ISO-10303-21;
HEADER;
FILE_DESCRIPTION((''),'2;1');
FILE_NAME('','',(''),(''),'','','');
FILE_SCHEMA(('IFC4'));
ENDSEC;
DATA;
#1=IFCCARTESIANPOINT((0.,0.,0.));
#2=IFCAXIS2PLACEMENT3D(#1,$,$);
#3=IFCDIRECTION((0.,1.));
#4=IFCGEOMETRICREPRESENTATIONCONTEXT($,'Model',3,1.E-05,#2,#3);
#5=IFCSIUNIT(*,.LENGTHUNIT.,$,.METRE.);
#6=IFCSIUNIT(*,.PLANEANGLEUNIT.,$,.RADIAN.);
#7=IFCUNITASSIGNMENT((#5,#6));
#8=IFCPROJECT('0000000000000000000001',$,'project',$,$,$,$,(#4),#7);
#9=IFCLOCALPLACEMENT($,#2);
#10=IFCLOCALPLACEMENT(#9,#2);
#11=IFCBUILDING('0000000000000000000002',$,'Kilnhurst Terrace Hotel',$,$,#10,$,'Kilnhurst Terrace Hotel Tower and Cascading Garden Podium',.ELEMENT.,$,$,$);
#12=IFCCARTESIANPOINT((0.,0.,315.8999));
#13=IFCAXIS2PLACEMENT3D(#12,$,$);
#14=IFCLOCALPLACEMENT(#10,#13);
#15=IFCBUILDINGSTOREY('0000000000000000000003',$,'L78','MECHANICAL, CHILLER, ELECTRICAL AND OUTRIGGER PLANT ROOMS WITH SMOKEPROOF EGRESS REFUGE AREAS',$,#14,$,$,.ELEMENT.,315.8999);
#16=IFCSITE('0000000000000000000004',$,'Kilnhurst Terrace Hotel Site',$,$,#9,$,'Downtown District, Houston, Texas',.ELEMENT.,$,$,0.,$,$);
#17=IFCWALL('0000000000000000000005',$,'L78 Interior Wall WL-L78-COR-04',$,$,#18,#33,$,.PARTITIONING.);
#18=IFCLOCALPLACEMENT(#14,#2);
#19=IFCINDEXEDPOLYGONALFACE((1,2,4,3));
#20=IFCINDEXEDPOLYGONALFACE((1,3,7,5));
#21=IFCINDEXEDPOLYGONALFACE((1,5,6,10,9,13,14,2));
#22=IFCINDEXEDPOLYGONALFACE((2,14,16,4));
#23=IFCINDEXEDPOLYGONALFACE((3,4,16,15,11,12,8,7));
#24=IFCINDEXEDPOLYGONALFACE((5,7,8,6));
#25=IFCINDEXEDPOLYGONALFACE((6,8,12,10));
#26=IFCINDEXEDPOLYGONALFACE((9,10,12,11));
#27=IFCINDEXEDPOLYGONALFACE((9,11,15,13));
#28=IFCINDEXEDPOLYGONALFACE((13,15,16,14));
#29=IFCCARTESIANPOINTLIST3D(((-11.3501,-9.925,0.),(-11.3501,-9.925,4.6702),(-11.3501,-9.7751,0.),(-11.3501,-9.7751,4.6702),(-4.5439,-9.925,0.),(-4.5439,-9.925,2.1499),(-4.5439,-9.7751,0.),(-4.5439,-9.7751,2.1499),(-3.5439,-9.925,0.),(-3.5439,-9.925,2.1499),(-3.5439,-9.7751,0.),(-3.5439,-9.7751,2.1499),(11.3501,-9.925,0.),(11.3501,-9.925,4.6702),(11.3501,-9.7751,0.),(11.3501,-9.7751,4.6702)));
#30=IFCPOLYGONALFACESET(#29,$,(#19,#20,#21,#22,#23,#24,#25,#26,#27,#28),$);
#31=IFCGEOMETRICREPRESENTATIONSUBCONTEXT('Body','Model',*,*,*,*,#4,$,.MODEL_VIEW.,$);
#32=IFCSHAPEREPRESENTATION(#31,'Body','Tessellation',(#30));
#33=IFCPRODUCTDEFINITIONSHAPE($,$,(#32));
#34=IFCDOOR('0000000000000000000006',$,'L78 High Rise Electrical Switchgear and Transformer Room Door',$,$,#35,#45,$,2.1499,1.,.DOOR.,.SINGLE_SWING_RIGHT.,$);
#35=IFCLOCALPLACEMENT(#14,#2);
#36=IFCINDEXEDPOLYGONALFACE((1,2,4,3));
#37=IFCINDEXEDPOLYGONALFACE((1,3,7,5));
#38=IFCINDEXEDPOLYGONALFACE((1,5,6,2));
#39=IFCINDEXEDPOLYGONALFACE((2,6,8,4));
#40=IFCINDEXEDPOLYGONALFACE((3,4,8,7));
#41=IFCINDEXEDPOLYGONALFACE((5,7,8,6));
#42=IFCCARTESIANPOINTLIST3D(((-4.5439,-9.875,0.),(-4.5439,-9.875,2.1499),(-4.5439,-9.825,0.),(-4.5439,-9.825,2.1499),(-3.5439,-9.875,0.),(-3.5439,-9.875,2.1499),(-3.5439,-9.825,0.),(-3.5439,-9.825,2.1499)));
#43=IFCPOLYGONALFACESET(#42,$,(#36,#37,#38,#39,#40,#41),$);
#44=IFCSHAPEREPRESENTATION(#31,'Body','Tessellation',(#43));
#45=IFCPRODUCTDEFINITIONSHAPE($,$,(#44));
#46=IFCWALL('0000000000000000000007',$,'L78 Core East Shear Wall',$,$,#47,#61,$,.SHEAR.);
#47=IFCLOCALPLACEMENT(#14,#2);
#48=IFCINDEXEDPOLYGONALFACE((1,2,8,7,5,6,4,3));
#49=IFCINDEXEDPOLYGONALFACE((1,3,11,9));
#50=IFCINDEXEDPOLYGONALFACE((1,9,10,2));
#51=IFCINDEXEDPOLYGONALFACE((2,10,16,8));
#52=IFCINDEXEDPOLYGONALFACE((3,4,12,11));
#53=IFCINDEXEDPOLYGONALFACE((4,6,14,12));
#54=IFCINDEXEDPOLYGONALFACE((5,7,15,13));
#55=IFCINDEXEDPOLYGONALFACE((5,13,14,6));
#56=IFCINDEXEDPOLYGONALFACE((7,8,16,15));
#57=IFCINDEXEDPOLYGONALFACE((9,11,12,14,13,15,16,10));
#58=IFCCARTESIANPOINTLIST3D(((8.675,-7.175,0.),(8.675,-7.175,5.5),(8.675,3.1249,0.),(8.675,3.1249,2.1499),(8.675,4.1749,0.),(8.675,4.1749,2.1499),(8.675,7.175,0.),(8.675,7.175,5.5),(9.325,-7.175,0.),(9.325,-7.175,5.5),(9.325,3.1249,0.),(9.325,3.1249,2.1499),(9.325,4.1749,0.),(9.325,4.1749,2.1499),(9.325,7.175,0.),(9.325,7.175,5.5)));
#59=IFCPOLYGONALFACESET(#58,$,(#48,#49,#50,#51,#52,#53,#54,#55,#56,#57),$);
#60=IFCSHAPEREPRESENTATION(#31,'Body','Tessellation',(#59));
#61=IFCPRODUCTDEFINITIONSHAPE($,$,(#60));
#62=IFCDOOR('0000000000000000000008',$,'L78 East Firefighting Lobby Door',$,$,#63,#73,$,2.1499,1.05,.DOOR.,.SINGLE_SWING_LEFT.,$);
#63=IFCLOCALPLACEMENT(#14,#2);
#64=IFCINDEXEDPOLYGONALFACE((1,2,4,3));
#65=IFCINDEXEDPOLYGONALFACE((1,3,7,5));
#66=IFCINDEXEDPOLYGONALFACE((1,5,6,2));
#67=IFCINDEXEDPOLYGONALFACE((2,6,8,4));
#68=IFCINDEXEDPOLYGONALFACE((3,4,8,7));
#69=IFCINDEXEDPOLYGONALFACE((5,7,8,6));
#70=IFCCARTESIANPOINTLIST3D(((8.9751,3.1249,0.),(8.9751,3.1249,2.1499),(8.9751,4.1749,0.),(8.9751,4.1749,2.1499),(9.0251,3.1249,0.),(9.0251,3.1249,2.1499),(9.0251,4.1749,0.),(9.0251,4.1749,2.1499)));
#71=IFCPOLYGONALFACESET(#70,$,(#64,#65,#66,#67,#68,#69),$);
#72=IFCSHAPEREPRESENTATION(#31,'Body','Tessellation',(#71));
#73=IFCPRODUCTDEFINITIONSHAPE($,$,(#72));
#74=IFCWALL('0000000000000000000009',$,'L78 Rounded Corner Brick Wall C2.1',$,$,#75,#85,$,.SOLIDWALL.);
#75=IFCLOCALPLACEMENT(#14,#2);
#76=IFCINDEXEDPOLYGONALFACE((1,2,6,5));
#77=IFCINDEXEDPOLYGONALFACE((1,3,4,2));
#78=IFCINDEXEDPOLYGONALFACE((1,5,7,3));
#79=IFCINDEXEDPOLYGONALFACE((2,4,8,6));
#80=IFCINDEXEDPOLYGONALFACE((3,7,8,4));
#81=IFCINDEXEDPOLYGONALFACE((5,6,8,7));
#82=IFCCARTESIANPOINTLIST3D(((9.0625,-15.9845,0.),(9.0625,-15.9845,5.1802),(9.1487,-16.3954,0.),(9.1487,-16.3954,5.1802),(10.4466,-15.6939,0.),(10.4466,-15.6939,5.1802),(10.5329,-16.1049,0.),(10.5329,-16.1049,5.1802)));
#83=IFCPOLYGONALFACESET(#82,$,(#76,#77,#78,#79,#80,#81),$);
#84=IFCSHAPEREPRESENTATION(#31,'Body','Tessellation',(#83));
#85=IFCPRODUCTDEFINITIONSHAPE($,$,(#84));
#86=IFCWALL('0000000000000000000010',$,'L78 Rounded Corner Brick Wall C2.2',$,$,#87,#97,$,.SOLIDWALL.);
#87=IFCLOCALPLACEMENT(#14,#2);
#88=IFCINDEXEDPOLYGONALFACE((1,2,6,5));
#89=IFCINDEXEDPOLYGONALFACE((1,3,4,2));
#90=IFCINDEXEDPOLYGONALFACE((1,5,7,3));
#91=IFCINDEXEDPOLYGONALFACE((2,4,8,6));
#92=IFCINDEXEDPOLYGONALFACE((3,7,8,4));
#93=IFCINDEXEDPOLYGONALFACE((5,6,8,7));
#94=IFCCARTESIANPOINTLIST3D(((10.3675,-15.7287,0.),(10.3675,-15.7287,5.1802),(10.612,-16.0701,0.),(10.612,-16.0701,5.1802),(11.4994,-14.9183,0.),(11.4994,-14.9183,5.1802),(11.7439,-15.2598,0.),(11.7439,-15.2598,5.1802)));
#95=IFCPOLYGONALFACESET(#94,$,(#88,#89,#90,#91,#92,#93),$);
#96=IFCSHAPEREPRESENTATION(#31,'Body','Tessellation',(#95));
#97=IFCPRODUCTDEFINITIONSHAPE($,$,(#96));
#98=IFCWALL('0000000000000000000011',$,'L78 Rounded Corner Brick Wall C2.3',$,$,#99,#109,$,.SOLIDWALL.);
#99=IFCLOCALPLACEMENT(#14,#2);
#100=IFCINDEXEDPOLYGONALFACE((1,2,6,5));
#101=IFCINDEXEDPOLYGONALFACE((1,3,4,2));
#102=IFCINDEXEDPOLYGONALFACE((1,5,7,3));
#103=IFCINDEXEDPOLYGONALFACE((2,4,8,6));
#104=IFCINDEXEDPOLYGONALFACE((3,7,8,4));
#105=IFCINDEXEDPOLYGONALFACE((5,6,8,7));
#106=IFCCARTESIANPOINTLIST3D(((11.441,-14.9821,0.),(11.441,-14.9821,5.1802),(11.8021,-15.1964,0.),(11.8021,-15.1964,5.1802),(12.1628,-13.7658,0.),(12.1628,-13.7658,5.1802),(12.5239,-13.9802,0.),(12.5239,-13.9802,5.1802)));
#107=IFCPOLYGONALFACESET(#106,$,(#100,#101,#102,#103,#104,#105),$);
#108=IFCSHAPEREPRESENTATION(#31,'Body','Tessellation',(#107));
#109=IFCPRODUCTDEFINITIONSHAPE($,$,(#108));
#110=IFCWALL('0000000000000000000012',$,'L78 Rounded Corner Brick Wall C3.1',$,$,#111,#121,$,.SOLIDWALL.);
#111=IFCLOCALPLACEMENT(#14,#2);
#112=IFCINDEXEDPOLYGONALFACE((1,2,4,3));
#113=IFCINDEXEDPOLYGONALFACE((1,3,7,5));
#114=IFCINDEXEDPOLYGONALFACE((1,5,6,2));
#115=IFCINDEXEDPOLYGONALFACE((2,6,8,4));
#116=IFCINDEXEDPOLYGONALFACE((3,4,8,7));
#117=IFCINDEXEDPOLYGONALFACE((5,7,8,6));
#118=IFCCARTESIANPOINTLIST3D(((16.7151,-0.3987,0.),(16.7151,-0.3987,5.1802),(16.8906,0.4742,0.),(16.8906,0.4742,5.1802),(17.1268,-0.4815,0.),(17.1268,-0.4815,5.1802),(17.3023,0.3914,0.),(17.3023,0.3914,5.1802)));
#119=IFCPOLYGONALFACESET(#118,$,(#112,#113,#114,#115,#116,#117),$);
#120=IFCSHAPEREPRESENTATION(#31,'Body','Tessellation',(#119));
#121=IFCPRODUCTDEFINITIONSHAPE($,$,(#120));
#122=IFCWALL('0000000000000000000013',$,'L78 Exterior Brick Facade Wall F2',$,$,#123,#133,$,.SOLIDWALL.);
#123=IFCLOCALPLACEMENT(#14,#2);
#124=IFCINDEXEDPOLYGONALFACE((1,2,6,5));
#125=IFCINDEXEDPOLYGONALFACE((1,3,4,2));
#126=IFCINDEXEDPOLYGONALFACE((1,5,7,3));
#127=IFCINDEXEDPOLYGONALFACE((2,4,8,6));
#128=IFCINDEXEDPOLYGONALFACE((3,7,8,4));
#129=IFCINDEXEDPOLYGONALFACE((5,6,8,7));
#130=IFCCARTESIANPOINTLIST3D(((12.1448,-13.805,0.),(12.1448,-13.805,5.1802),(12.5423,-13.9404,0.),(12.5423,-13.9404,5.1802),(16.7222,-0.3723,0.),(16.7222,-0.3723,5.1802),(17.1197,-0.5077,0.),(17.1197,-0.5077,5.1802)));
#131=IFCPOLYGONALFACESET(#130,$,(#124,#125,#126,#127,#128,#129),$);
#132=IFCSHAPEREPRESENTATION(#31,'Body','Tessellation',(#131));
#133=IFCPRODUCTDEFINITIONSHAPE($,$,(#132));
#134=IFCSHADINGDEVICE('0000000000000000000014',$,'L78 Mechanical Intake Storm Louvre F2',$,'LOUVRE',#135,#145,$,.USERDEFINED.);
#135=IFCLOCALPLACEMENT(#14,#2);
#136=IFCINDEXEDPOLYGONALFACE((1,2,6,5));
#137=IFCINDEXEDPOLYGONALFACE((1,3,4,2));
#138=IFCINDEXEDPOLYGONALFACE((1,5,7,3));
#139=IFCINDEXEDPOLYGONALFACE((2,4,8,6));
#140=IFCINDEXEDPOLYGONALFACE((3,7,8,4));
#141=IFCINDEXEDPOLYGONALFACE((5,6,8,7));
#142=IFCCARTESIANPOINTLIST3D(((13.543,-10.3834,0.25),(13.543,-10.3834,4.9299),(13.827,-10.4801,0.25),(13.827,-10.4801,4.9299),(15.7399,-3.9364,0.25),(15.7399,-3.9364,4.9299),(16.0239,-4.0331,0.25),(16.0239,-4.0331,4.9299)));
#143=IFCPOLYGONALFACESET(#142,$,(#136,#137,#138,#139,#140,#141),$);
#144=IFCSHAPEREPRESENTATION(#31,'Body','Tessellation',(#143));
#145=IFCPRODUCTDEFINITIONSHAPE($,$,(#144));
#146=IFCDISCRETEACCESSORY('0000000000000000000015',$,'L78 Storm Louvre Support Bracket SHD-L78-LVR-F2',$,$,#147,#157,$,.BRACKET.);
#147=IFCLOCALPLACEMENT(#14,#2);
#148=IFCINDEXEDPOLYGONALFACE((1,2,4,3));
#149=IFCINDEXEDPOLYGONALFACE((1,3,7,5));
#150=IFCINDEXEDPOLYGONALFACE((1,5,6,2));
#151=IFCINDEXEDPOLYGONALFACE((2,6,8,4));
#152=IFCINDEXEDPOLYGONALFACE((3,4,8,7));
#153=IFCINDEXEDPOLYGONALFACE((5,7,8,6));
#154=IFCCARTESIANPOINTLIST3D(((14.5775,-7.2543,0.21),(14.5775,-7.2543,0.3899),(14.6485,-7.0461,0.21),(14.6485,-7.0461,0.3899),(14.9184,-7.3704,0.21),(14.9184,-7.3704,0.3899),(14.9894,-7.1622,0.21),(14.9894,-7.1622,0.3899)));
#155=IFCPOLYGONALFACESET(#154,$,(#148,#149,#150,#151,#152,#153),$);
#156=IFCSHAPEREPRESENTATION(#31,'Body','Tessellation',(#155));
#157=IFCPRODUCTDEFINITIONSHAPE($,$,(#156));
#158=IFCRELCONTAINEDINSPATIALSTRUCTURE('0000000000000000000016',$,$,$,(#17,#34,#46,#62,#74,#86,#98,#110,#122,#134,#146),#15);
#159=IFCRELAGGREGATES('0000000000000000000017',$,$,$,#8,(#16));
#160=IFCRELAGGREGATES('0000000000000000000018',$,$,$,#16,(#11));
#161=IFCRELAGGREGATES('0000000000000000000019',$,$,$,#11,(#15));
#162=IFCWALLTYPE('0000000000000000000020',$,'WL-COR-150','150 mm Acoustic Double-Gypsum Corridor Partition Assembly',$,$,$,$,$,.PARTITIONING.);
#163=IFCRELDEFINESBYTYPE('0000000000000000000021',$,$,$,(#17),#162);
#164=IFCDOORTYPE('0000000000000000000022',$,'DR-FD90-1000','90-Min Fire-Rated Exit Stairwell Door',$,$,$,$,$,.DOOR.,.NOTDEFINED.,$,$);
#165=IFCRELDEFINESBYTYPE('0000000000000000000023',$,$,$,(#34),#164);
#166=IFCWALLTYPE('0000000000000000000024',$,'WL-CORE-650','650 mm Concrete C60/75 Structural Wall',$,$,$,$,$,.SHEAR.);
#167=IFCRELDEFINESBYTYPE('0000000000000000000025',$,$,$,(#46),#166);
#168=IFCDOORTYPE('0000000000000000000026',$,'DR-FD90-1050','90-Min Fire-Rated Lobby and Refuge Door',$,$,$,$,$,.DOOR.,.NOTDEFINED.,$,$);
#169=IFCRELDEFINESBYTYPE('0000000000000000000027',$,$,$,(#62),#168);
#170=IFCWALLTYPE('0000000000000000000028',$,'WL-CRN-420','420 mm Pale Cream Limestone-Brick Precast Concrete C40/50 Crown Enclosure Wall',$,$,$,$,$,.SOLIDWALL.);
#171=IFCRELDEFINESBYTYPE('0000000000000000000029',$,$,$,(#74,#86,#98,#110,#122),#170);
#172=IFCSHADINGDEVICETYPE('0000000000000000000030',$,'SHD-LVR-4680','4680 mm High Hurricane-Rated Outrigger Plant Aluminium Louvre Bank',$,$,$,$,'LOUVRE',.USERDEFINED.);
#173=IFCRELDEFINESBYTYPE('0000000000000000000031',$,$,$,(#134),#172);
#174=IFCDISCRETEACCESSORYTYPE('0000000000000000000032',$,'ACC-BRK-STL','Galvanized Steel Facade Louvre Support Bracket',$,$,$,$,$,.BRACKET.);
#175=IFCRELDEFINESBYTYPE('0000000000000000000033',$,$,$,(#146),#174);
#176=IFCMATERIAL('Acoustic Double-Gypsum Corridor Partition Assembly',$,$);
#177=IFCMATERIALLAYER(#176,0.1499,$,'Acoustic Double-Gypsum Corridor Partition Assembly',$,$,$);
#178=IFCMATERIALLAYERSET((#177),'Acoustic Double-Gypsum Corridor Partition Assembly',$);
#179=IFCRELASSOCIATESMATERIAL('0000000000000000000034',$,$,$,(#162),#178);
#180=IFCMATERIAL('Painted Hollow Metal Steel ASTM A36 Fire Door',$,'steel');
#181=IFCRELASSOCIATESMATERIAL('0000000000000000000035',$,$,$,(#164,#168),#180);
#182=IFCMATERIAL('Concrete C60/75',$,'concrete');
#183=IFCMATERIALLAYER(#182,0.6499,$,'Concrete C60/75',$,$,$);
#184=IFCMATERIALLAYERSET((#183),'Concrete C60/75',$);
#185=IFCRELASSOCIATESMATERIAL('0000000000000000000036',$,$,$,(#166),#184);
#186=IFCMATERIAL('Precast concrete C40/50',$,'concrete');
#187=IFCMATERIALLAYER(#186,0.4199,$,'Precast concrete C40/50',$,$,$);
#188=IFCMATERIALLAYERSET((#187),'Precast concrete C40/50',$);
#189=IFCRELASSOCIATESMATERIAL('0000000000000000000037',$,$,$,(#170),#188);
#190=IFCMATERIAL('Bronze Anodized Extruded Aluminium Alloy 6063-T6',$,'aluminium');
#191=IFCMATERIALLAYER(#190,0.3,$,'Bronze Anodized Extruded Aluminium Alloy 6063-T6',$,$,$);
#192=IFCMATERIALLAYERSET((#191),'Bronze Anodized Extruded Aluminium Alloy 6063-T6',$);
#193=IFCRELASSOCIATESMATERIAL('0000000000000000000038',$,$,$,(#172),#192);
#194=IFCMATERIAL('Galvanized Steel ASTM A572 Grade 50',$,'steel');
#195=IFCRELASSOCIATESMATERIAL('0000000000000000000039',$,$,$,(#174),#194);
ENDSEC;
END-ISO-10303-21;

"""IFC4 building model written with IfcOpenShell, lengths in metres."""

from ifc_helpers import new_model, si_unit, direction, frame, frame_2d, origin, origin_2d, place, context, subcontext, project, spatial, rectangle, extrude, material, layer, layer_set, type_object, element, fill, save


model = new_model("IFC4")

# Units and contexts
model_context = context("Model", 3, precision=1e-05, world=origin(), true_north=direction((0.0, 1.0)))
body_context = subcontext(model_context, "Body", "Model", "MODEL_VIEW")
ifc_project = project(units=[si_unit("LENGTHUNIT", "METRE"), si_unit("PLANEANGLEUNIT", "RADIAN")], contexts=[model_context])

# Site, building, storey
site_placement = place(None, origin())
site = spatial("IfcSite", under=ifc_project, at=site_placement, Name="Kilnhurst Terrace Hotel Site", LongName="Downtown District, Houston, Texas", CompositionType="ELEMENT", RefElevation=0.0)
building_placement = place(site_placement, origin())
building = spatial("IfcBuilding", under=site, at=building_placement, Name="Kilnhurst Terrace Hotel", LongName="Kilnhurst Terrace Hotel Tower and Cascading Garden Podium", CompositionType="ELEMENT")
storey_placement = place(building_placement, frame((0.0, 0.0, 315.8999)))
storey = spatial("IfcBuildingStorey", under=building, at=storey_placement, Name="L78", Description="MECHANICAL, CHILLER, ELECTRICAL AND OUTRIGGER PLANT ROOMS WITH SMOKEPROOF EGRESS REFUGE AREAS", CompositionType="ELEMENT", Elevation=315.8999)

# Shared definitions
ifc_material_1 = material(Name="Concrete C60/75", Category="concrete")

# Walls, openings, doors
ifc_material_2 = material(Name="Acoustic Double-Gypsum Corridor Partition Assembly")
ifc_layer_1 = layer(ifc_material_2, 0.1499, Name="Acoustic Double-Gypsum Corridor Partition Assembly")
ifc_layer_set_1 = layer_set([ifc_layer_1], Name="Acoustic Double-Gypsum Corridor Partition Assembly")
wall_type_1 = type_object("IfcWallType", Name="WL-COR-150", Description="150 mm Acoustic Double-Gypsum Corridor Partition Assembly", PredefinedType="PARTITIONING", material=ifc_layer_set_1)
wall_1_placement = place(storey_placement, frame((11.3501, -9.8501, 0.0), z_axis=(0.0, 0.0, 1.0), x_axis=(-1.0, 0.0, 0.0)))
wall_1 = element("IfcWall", 1, at=wall_1_placement, inside=storey, type_object=wall_type_1, Name="L78 Interior Wall WL-L78-COR-04", PredefinedType="PARTITIONING", context=body_context, shape_type="SweptSolid", body=[
    extrude(rectangle(XDim=22.7002, YDim=0.1499, at=frame_2d((11.3501, 0.0))), origin(), (0.0, 0.0, 1.0), 4.6702),
])
opening_1_placement = place(wall_1_placement, frame((14.894, 0.0, 0.0)))
opening_1 = element("IfcOpeningElement", 2, at=opening_1_placement, cuts=wall_1, PredefinedType="OPENING", context=body_context, shape_type="SweptSolid", body=[
    extrude(rectangle(XDim=1.0, YDim=2.1499, at=frame_2d((0.5, 1.075))), frame((0.0, 0.085, 0.0), z_axis=(0.0, -1.0, 0.0), x_axis=(1.0, 0.0, 0.0)), (0.0, 0.0, 1.0), 0.1699),
])
ifc_material_3 = material(Name="Painted Hollow Metal Steel ASTM A36 Fire Door", Category="steel")
door_type_1 = type_object("IfcDoorType", Name="DR-FD90-1000", Description="90-Min Fire-Rated Exit Stairwell Door", OperationType="NOTDEFINED", PredefinedType="DOOR", material=ifc_material_3)
door_1_placement = place(opening_1_placement, origin())
door_1 = element("IfcDoor", 3, at=door_1_placement, inside=storey, type_object=door_type_1, Name="L78 High Rise Electrical Switchgear and Transformer Room Door", OperationType="SINGLE_SWING_RIGHT", OverallHeight=2.1499, OverallWidth=1.0, PredefinedType="DOOR", context=body_context, shape_type="SweptSolid", body=[
    extrude(rectangle(XDim=1.0, YDim=2.1499, at=frame_2d((0.5, 1.075))), frame((0.0, 0.0249, 0.0), z_axis=(0.0, -1.0, 0.0), x_axis=(1.0, 0.0, 0.0)), (0.0, 0.0, 1.0), 0.05),
])
fill(opening_1, door_1)
ifc_layer_2 = layer(ifc_material_1, 0.6499, Name="Concrete C60/75")
ifc_layer_set_2 = layer_set([ifc_layer_2], Name="Concrete C60/75")
wall_type_2 = type_object("IfcWallType", Name="WL-CORE-650", Description="650 mm Concrete C60/75 Structural Wall", PredefinedType="SHEAR", material=ifc_layer_set_2)
wall_2_placement = place(storey_placement, frame((9.0, -7.175, 0.0), z_axis=(0.0, 0.0, 1.0), x_axis=(0.0, 1.0, 0.0)))
wall_2 = element("IfcWall", 4, at=wall_2_placement, inside=storey, type_object=wall_type_2, Name="L78 Core East Shear Wall", PredefinedType="SHEAR", context=body_context, shape_type="SweptSolid", body=[
    extrude(rectangle(XDim=14.3501, YDim=0.6499, at=frame_2d((7.175, 0.0))), origin(), (0.0, 0.0, 1.0), 5.5),
])
opening_2_placement = place(wall_2_placement, frame((10.3, 0.0, 0.0)))
opening_2 = element("IfcOpeningElement", 5, at=opening_2_placement, cuts=wall_2, PredefinedType="OPENING", context=body_context, shape_type="SweptSolid", body=[
    extrude(rectangle(XDim=1.05, YDim=2.1499, at=frame_2d((0.5249, 1.075))), frame((0.0, 0.335, 0.0), z_axis=(0.0, -1.0, 0.0), x_axis=(1.0, 0.0, 0.0)), (0.0, 0.0, 1.0), 0.6699),
])
door_type_2 = type_object("IfcDoorType", Name="DR-FD90-1050", Description="90-Min Fire-Rated Lobby and Refuge Door", OperationType="NOTDEFINED", PredefinedType="DOOR", material=ifc_material_3)
door_2_placement = place(opening_2_placement, origin())
door_2 = element("IfcDoor", 6, at=door_2_placement, inside=storey, type_object=door_type_2, Name="L78 East Firefighting Lobby Door", OperationType="SINGLE_SWING_LEFT", OverallHeight=2.1499, OverallWidth=1.05, PredefinedType="DOOR", context=body_context, shape_type="SweptSolid", body=[
    extrude(rectangle(XDim=1.05, YDim=2.1499, at=frame_2d((0.5249, 1.075))), frame((0.0, 0.0249, 0.0), z_axis=(0.0, -1.0, 0.0), x_axis=(1.0, 0.0, 0.0)), (0.0, 0.0, 1.0), 0.05),
])
fill(opening_2, door_2)

# Walls
ifc_material_4 = material(Name="Precast concrete C40/50", Category="concrete")
ifc_layer_3 = layer(ifc_material_4, 0.4199, Name="Precast concrete C40/50")
ifc_layer_set_3 = layer_set([ifc_layer_3], Name="Precast concrete C40/50")
wall_type_3 = type_object("IfcWallType", Name="WL-CRN-420", Description="420 mm Pale Cream Limestone-Brick Precast Concrete C40/50 Crown Enclosure Wall", PredefinedType="SOLIDWALL", material=ifc_layer_set_3)
wall_3_placement = place(storey_placement, frame((9.1057, -16.1899, 0.0), z_axis=(0.0, 0.0, 1.0), x_axis=(0.978671, 0.205436, 0.0)))
element("IfcWall", 7, at=wall_3_placement, inside=storey, type_object=wall_type_3, Name="L78 Rounded Corner Brick Wall C2.1", PredefinedType="SOLIDWALL", context=body_context, shape_type="SweptSolid", body=[
    extrude(rectangle(XDim=1.4143, YDim=0.4199, at=frame_2d((0.707, 0.0))), origin(), (0.0, 0.0, 1.0), 5.1802),
])
wall_4_placement = place(storey_placement, frame((10.4897, -15.8994, 0.0), z_axis=(0.0, 0.0, 1.0), x_axis=(0.813105, 0.582117, 0.0)))
element("IfcWall", 8, at=wall_4_placement, inside=storey, type_object=wall_type_3, Name="L78 Rounded Corner Brick Wall C2.2", PredefinedType="SOLIDWALL", context=body_context, shape_type="SweptSolid", body=[
    extrude(rectangle(XDim=1.3921, YDim=0.4199, at=frame_2d((0.696, 0.0))), origin(), (0.0, 0.0, 1.0), 5.1802),
])
wall_5_placement = place(storey_placement, frame((11.6216, -15.0891, 0.0), z_axis=(0.0, 0.0, 1.0), x_axis=(0.510403, 0.859935, 0.0)))
element("IfcWall", 9, at=wall_5_placement, inside=storey, type_object=wall_type_3, Name="L78 Rounded Corner Brick Wall C2.3", PredefinedType="SOLIDWALL", context=body_context, shape_type="SweptSolid", body=[
    extrude(rectangle(XDim=1.4143, YDim=0.4199, at=frame_2d((0.707, 0.0))), origin(), (0.0, 0.0, 1.0), 5.1802),
])
wall_6_placement = place(storey_placement, frame((16.9209, -0.4402, 0.0), z_axis=(0.0, 0.0, 1.0), x_axis=(0.197171, 0.980369, 0.0)))
element("IfcWall", 10, at=wall_6_placement, inside=storey, type_object=wall_type_3, Name="L78 Rounded Corner Brick Wall C3.1", PredefinedType="SOLIDWALL", context=body_context, shape_type="SweptSolid", body=[
    extrude(rectangle(XDim=0.8904, YDim=0.4199, at=frame_2d((0.4453, 0.0))), origin(), (0.0, 0.0, 1.0), 5.1802),
])
wall_7_placement = place(storey_placement, frame((12.3435, -13.8728, 0.0), z_axis=(0.0, 0.0, 1.0), x_axis=(0.322553, 0.946551, 0.0)))
element("IfcWall", 11, at=wall_7_placement, inside=storey, type_object=wall_type_3, Name="L78 Exterior Brick Facade Wall F2", PredefinedType="SOLIDWALL", context=body_context, shape_type="SweptSolid", body=[
    extrude(rectangle(XDim=14.1912, YDim=0.4199, at=frame_2d((7.0957, 0.0))), origin(), (0.0, 0.0, 1.0), 5.1802),
])

# Shading device
ifc_material_5 = material(Name="Bronze Anodized Extruded Aluminium Alloy 6063-T6", Category="aluminium")
ifc_layer_4 = layer(ifc_material_5, 0.3, Name="Bronze Anodized Extruded Aluminium Alloy 6063-T6")
ifc_layer_set_4 = layer_set([ifc_layer_4], Name="Bronze Anodized Extruded Aluminium Alloy 6063-T6")
shading_device_type = type_object("IfcShadingDeviceType", Name="SHD-LVR-4680", Description="4680 mm High Hurricane-Rated Outrigger Plant Aluminium Louvre Bank", ElementType="LOUVRE", PredefinedType="USERDEFINED", material=ifc_layer_set_4)
shading_device_placement = place(storey_placement, frame((14.7834, -7.2083, 0.25), z_axis=(0.0, 0.0, 1.0), x_axis=(0.322547, 0.946554, 0.0)))
element("IfcShadingDevice", 12, at=shading_device_placement, inside=storey, type_object=shading_device_type, Name="L78 Mechanical Intake Storm Louvre F2", ObjectType="LOUVRE", PredefinedType="USERDEFINED", context=body_context, shape_type="SweptSolid", body=[
    extrude(rectangle(XDim=6.811, YDim=0.3, at=origin_2d()), origin(), (0.0, 0.0, 1.0), 4.6799),
])

# Discrete accessory
ifc_material_6 = material(Name="Galvanized Steel ASTM A572 Grade 50", Category="steel")
discrete_accessory_type = type_object("IfcDiscreteAccessoryType", Name="ACC-BRK-STL", Description="Galvanized Steel Facade Louvre Support Bracket", PredefinedType="BRACKET", material=ifc_material_6)
discrete_accessory_placement = place(storey_placement, frame((14.7834, -7.2083, 0.21), z_axis=(0.0, 0.0, 1.0), x_axis=(0.322547, 0.946554, 0.0)))
element("IfcDiscreteAccessory", 13, at=discrete_accessory_placement, inside=storey, type_object=discrete_accessory_type, Name="L78 Storm Louvre Support Bracket SHD-L78-LVR-F2", PredefinedType="BRACKET", context=body_context, shape_type="SweptSolid", body=[
    extrude(rectangle(XDim=0.22, YDim=0.3601, at=origin_2d()), origin(), (0.0, 0.0, 1.0), 0.1799),
])

save(model, "model.ifc")
